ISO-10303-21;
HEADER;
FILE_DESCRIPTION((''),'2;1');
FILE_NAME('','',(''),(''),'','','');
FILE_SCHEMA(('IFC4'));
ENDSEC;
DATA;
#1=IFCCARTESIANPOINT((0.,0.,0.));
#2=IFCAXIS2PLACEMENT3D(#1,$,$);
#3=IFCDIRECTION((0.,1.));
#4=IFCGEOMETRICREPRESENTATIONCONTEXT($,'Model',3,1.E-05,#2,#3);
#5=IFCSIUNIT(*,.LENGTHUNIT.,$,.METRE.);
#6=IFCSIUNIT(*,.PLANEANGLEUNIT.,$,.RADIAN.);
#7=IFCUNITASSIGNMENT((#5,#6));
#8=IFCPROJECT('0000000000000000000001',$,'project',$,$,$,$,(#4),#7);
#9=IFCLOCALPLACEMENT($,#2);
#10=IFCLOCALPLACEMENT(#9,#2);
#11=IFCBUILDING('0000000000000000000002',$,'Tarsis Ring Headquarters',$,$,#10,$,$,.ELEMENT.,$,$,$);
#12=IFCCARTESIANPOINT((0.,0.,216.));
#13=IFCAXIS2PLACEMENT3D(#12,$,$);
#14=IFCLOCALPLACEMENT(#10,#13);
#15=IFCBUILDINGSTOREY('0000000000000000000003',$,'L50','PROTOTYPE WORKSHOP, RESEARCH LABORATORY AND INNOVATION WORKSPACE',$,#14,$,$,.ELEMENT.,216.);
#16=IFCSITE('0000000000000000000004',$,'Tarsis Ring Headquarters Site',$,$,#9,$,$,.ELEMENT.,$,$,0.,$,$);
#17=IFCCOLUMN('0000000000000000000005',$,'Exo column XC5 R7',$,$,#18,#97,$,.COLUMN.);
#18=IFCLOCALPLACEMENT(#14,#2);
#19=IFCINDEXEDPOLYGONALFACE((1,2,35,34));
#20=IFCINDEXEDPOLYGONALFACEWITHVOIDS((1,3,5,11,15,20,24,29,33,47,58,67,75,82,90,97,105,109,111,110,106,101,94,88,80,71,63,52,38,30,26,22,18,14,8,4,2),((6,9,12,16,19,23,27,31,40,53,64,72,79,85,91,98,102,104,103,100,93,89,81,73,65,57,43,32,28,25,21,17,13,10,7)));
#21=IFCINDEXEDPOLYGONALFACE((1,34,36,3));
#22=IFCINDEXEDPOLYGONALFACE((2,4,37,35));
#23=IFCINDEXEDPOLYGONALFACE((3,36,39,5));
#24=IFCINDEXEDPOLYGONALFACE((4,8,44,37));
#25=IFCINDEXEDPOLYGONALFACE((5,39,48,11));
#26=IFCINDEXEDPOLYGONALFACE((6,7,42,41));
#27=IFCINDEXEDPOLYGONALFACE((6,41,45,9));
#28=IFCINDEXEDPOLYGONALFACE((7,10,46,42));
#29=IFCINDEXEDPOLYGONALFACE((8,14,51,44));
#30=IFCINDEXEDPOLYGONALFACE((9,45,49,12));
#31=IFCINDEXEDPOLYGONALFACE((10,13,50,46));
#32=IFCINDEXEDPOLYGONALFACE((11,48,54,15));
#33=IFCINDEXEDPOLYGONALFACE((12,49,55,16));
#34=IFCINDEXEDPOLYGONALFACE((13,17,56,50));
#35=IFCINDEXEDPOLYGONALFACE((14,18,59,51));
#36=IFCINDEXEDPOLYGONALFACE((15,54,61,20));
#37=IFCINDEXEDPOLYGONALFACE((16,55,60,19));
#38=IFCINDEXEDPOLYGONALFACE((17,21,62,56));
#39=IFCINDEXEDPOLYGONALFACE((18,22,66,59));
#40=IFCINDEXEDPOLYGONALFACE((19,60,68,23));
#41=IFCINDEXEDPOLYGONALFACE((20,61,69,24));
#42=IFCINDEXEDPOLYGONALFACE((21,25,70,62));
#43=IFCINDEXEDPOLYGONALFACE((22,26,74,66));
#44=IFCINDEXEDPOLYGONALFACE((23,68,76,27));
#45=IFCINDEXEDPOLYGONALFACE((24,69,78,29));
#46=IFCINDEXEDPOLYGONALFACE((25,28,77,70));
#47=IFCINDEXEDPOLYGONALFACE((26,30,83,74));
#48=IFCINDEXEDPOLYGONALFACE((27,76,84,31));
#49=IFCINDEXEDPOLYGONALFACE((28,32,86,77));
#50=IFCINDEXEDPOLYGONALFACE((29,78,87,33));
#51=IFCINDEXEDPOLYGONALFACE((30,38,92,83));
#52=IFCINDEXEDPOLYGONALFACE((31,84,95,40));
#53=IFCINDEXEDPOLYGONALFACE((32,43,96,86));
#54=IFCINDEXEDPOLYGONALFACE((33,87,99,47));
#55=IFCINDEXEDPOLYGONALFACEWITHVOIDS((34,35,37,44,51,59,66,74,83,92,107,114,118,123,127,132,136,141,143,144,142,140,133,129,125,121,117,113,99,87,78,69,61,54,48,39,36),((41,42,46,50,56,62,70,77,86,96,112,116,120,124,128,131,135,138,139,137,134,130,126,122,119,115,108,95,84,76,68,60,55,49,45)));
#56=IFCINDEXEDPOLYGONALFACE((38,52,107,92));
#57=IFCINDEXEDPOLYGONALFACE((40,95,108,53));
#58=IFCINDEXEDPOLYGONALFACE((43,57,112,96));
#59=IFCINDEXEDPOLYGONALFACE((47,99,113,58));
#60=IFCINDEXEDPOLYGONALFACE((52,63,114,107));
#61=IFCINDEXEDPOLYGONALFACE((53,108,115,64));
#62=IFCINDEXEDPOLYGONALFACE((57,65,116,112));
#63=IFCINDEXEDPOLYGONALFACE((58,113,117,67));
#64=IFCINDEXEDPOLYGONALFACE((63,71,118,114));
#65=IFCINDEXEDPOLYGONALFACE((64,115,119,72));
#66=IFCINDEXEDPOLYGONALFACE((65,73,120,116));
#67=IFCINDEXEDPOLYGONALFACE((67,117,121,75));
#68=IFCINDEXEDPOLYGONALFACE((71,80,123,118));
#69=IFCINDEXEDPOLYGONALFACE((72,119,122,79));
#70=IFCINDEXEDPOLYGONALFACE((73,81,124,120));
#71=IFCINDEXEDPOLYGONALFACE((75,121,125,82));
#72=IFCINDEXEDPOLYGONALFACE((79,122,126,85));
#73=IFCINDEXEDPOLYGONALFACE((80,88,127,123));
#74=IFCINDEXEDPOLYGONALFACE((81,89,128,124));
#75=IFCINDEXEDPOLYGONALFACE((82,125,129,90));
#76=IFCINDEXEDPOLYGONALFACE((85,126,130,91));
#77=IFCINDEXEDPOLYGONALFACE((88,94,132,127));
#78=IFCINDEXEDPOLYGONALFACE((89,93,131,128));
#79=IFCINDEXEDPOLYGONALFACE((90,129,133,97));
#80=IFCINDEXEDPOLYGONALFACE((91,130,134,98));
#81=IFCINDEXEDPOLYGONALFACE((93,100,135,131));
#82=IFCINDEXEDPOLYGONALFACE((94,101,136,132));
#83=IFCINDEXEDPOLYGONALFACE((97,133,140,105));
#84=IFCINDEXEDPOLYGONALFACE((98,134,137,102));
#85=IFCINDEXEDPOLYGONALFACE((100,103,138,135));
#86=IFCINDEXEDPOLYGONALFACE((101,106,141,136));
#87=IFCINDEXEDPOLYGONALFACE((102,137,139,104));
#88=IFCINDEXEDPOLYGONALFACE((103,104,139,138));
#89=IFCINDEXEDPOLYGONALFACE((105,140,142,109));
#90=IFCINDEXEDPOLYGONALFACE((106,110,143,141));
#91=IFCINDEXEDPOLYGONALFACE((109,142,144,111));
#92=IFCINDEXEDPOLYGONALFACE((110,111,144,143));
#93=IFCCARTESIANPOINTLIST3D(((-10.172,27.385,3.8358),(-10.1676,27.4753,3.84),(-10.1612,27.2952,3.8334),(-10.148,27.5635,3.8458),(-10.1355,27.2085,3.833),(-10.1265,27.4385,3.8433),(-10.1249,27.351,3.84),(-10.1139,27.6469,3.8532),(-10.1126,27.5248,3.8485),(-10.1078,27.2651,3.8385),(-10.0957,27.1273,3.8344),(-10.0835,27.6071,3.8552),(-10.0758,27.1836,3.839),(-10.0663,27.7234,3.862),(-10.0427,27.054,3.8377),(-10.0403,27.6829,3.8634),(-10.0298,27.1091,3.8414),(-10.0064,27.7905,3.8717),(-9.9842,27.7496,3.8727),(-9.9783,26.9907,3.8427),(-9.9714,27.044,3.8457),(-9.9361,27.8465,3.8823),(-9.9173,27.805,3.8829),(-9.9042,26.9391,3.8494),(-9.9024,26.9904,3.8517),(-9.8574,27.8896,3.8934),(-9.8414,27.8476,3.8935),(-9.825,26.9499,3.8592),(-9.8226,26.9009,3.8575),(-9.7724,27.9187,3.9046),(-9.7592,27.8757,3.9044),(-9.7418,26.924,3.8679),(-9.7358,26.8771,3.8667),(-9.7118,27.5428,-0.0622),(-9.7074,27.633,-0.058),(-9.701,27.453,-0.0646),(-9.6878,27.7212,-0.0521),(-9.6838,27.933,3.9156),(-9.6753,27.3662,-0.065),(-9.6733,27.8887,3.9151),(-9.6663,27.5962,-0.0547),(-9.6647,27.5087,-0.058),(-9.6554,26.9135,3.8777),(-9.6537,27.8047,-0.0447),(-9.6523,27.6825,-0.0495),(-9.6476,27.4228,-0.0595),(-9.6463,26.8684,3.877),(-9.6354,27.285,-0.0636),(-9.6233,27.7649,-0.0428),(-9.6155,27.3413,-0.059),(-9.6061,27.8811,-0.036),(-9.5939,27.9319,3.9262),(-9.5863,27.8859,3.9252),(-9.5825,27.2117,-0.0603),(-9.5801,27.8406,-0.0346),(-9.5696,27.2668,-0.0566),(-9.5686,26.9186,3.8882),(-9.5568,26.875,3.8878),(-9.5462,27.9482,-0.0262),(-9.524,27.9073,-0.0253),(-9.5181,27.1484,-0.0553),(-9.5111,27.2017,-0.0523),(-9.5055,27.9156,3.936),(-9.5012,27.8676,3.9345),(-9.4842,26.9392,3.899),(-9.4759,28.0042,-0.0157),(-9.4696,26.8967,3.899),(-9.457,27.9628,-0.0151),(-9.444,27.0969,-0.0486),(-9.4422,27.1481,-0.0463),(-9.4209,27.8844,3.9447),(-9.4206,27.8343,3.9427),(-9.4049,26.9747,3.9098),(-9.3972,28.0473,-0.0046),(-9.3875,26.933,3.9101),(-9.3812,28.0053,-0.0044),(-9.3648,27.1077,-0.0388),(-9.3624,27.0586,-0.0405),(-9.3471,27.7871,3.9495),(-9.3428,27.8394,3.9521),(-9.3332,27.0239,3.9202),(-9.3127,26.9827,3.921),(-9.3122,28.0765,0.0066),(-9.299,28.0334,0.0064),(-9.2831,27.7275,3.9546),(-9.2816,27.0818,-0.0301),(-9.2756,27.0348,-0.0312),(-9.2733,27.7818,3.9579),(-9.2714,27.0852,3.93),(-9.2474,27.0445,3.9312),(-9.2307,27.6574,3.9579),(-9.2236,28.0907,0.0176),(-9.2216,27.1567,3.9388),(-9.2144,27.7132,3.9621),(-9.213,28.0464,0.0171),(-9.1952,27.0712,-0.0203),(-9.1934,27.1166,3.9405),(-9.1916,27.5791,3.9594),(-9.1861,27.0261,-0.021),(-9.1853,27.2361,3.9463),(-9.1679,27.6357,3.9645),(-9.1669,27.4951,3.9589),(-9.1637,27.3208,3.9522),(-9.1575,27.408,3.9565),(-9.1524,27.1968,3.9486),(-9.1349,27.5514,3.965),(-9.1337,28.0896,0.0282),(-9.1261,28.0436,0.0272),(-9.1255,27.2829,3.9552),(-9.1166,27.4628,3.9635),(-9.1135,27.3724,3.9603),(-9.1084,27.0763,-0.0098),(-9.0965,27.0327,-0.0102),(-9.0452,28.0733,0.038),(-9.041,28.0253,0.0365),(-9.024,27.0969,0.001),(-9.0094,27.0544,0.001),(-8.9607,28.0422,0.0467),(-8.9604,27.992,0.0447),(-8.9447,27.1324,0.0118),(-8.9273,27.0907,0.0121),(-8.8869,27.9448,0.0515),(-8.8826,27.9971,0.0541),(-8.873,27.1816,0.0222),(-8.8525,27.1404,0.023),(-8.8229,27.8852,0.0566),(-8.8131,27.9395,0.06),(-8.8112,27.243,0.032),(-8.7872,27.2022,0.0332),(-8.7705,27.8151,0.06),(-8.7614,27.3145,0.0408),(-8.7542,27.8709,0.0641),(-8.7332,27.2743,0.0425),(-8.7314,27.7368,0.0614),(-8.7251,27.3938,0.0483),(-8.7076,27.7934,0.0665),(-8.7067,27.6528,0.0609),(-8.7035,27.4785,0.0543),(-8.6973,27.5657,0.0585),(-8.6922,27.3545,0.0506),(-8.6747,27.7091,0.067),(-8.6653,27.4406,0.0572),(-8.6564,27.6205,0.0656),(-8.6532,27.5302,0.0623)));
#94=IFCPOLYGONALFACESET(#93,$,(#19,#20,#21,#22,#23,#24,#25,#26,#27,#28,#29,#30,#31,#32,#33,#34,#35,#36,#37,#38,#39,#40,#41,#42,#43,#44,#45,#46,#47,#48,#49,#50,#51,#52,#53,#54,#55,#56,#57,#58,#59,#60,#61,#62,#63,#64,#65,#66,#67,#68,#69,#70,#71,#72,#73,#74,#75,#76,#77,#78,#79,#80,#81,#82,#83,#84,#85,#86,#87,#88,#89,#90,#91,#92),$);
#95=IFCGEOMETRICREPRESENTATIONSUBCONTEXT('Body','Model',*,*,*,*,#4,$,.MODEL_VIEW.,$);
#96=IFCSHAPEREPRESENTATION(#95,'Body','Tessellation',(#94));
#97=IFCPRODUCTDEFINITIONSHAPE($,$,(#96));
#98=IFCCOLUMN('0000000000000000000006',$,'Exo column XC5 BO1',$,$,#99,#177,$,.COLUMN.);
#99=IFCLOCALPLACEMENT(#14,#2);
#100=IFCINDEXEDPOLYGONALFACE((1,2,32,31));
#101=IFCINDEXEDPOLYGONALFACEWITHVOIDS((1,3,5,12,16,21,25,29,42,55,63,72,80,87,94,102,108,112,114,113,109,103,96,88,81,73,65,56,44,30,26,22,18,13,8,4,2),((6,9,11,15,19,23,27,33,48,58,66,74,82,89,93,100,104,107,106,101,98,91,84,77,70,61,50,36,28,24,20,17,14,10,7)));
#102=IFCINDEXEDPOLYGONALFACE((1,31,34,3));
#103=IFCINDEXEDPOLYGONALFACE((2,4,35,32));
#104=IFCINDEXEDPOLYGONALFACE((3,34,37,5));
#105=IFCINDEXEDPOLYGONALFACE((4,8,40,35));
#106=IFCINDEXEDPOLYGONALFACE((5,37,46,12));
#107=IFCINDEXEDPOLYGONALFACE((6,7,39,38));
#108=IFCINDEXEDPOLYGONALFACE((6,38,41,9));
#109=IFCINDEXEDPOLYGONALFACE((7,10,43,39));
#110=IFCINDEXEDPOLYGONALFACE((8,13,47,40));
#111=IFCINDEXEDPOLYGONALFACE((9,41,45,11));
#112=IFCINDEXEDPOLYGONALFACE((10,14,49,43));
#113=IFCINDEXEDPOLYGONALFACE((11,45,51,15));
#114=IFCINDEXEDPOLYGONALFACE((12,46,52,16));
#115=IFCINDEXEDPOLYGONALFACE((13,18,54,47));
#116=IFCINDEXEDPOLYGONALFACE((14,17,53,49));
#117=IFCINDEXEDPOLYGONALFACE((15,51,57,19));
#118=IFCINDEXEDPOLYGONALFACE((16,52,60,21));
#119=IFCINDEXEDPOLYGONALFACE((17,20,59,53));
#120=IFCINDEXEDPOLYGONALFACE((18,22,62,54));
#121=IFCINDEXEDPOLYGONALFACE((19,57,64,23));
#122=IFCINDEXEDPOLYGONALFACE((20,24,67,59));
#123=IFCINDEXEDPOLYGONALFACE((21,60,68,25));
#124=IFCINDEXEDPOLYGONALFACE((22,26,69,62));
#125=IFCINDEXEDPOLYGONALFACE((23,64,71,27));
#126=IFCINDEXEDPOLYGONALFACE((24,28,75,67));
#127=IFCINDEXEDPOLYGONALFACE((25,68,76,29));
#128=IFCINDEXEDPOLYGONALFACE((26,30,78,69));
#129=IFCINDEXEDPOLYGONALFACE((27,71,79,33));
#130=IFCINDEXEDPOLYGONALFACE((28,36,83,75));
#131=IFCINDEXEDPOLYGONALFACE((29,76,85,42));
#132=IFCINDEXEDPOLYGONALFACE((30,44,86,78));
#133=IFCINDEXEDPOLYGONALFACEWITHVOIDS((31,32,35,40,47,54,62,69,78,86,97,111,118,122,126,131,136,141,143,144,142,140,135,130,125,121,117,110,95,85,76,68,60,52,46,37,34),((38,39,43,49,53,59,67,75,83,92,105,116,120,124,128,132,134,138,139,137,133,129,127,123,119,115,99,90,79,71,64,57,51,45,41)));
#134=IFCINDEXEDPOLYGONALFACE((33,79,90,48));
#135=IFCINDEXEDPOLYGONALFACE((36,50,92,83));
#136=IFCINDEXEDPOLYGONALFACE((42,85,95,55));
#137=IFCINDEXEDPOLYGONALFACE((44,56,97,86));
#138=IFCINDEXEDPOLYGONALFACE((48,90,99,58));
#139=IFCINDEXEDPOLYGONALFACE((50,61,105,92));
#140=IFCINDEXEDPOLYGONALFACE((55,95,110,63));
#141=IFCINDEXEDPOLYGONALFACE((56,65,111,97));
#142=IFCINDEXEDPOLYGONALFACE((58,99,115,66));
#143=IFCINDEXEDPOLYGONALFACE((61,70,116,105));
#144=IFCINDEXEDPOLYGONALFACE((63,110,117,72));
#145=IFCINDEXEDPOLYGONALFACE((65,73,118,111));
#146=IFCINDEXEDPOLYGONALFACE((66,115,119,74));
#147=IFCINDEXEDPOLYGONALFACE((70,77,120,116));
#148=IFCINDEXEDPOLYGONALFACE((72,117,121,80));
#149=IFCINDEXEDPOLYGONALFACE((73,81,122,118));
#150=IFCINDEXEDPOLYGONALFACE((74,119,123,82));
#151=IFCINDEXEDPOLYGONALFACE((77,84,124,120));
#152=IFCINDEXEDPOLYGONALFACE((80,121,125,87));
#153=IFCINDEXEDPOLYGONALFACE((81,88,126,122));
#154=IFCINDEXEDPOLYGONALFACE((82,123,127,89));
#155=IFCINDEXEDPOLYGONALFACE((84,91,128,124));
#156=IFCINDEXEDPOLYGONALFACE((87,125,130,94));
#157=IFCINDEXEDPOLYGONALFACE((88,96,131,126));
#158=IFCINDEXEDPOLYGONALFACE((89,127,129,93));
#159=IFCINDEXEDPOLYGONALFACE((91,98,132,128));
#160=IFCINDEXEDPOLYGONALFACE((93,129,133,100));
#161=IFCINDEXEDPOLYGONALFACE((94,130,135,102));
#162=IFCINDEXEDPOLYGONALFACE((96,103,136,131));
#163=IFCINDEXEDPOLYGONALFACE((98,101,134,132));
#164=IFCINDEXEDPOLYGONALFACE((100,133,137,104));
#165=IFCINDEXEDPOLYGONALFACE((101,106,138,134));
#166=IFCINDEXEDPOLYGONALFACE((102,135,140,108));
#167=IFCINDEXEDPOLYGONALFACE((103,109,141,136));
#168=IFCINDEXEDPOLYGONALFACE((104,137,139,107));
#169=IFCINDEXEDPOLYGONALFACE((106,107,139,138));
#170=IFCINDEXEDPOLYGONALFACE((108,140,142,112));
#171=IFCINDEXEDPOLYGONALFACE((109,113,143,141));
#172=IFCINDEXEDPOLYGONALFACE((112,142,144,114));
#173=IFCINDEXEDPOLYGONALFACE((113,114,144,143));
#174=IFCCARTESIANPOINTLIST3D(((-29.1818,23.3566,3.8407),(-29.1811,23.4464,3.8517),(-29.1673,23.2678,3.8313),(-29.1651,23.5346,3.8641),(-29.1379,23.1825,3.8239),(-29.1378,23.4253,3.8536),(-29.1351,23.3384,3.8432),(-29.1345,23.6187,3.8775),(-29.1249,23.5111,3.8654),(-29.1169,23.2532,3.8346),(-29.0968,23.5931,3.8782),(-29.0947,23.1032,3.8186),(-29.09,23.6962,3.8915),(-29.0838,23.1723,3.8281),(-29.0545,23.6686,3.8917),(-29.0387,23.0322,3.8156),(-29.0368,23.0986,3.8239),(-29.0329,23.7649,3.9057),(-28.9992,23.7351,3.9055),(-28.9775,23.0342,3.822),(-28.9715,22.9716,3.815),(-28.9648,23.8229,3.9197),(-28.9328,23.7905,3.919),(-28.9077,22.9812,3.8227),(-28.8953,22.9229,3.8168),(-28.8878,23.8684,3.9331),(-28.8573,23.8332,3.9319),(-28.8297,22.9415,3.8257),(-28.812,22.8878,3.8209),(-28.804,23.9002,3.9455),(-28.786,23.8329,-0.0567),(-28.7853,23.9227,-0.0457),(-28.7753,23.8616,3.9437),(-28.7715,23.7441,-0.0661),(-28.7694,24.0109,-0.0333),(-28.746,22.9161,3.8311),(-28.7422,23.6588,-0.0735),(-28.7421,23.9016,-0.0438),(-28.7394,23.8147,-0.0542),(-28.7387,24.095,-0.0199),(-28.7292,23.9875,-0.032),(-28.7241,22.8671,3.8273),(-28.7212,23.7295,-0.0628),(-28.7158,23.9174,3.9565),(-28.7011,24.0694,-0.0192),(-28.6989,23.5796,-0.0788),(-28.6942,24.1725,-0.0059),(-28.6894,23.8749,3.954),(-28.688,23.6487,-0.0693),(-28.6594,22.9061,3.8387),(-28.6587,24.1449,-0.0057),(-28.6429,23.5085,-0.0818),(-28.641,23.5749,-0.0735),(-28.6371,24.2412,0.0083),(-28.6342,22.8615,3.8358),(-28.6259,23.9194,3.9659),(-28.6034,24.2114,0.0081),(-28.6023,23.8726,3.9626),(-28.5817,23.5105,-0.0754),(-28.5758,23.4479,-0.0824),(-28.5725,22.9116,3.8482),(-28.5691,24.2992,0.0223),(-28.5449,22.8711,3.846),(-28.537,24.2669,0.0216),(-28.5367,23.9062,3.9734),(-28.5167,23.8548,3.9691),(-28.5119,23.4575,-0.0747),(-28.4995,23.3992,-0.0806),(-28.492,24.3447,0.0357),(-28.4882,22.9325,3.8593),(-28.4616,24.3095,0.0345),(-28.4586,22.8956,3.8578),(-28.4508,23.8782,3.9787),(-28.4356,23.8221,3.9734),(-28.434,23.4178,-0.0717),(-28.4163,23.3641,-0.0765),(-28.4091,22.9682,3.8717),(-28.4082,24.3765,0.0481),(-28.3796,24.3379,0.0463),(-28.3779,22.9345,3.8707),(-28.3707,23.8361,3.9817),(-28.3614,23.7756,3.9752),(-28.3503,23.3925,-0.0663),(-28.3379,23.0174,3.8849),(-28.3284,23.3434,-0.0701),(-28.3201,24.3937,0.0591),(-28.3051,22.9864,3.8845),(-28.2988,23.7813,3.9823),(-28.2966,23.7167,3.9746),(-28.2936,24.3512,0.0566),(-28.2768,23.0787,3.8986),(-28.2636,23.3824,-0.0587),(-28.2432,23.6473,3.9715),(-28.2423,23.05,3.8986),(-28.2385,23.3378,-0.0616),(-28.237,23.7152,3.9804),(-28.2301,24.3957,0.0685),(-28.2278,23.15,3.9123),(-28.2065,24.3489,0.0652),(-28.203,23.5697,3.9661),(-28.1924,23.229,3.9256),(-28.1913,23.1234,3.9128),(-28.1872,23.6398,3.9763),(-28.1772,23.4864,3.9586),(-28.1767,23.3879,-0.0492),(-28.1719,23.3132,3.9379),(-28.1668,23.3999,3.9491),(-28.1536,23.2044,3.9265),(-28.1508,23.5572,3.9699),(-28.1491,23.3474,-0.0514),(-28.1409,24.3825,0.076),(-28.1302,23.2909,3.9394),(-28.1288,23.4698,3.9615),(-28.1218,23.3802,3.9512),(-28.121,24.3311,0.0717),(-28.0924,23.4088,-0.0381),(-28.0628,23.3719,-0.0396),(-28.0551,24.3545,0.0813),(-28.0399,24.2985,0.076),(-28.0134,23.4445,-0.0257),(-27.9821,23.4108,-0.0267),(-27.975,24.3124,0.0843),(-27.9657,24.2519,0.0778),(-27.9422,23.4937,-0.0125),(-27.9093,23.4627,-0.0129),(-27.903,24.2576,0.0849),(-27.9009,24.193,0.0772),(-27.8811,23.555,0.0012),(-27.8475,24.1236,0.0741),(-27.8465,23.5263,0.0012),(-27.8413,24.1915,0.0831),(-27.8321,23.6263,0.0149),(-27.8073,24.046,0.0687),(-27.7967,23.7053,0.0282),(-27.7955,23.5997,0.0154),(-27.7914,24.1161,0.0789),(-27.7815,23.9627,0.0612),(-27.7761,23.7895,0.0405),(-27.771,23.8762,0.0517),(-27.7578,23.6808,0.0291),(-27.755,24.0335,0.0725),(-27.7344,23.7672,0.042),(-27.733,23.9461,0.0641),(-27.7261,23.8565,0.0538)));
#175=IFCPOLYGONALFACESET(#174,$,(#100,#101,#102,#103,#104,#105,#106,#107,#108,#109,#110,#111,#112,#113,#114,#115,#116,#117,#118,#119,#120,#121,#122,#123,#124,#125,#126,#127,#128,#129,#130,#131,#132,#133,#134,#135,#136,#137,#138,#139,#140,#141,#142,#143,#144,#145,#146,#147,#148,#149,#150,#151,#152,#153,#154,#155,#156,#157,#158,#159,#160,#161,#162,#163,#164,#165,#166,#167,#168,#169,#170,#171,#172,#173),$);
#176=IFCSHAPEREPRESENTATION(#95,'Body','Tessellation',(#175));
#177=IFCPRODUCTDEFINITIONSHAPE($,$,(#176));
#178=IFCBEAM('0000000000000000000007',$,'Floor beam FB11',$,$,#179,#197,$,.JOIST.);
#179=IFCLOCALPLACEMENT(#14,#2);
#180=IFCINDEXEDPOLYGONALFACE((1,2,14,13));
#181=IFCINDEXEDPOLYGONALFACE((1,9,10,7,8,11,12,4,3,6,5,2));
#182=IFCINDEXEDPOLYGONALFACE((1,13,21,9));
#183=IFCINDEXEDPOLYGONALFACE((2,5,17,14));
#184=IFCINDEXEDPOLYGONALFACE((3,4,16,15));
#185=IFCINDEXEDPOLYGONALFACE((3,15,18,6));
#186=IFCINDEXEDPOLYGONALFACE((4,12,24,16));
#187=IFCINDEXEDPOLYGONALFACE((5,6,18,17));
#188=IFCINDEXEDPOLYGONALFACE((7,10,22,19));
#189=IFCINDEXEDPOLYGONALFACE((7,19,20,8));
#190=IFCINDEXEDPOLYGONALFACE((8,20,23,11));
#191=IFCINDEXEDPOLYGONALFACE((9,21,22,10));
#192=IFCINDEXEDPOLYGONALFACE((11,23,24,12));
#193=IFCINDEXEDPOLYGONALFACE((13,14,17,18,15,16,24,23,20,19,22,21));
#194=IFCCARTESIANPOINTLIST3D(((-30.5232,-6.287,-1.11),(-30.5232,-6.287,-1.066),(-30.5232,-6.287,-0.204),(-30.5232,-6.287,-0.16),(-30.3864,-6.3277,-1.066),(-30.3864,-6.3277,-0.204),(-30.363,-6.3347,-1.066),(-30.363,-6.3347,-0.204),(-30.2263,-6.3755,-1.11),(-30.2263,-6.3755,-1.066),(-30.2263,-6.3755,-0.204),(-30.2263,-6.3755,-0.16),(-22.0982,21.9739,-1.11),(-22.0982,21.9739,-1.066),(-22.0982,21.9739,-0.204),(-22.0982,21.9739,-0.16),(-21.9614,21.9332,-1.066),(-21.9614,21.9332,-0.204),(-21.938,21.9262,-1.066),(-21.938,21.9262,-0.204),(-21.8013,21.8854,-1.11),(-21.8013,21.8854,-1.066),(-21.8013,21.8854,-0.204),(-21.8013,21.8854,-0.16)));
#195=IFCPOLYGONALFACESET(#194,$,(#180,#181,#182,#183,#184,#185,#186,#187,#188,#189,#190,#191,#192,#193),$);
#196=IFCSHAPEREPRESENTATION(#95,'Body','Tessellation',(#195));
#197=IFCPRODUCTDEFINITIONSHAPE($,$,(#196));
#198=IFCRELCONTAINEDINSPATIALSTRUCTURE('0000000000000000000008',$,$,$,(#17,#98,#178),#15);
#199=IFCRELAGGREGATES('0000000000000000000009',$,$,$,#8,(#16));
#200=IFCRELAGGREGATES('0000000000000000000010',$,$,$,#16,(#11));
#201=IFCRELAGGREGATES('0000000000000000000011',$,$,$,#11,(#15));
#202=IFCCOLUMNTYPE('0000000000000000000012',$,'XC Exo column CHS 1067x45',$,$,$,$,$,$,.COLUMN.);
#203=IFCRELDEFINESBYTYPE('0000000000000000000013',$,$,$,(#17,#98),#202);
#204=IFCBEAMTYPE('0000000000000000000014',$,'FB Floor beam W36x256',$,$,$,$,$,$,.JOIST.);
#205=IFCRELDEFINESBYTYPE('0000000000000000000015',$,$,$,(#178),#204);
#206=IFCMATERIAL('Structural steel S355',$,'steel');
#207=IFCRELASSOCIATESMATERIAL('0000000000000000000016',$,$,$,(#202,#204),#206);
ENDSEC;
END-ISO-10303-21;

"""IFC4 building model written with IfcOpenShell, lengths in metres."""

from ifc_helpers import new_model, si_unit, direction, frame, origin, origin_2d, place, context, subcontext, project, spatial, hollow_circle, i_section, extrude, material, material_profile, profile_set, type_object, element, save


model = new_model("IFC4")

# Units and contexts
model_context = context("Model", 3, precision=1e-05, world=origin(), true_north=direction((0.0, 1.0)))
body_context = subcontext(model_context, "Body", "Model", "MODEL_VIEW")
ifc_project = project(units=[si_unit("LENGTHUNIT", "METRE"), si_unit("PLANEANGLEUNIT", "RADIAN")], contexts=[model_context])

# Site, building, storey
site_placement = place(None, origin())
site = spatial("IfcSite", under=ifc_project, at=site_placement, Name="Tarsis Ring Headquarters Site", CompositionType="ELEMENT", RefElevation=0.0)
building_placement = place(site_placement, origin())
building = spatial("IfcBuilding", under=site, at=building_placement, Name="Tarsis Ring Headquarters", CompositionType="ELEMENT")
storey_placement = place(building_placement, frame((0.0, 0.0, 216.0)))
storey = spatial("IfcBuildingStorey", under=building, at=storey_placement, Name="L50", Description="PROTOTYPE WORKSHOP, RESEARCH LABORATORY AND INNOVATION WORKSPACE", CompositionType="ELEMENT", Elevation=216.0)

# Columns
ifc_material_1 = material(Name="Structural steel S355", Category="steel")
ifc_material_profile_1 = material_profile(ifc_material_1, hollow_circle(Radius=0.5334, WallThickness=0.0449, at=origin_2d()), Name="CHS 1067x45")
ifc_profile_set_1 = profile_set([ifc_material_profile_1], Name="Structural steel S355")
column_type = type_object("IfcColumnType", Name="XC Exo column CHS 1067x45", PredefinedType="COLUMN", material=ifc_profile_set_1)
column_1_placement = place(storey_placement, frame((-9.1824, 27.5591, 0.001), z_axis=(-0.117155, -0.04015, 0.992302), x_axis=(0.324196, -0.94599, 0.0)))
element("IfcColumn", 1, at=column_1_placement, inside=storey, type_object=column_type, Name="Exo column XC5 R7", PredefinedType="COLUMN", context=body_context, shape_type="SweptSolid", body=[
    extrude(hollow_circle(Radius=0.5334, WallThickness=0.0449, at=origin_2d()), origin(), (0.0, 0.0, 1.0), 3.9282),
])
column_2_placement = place(storey_placement, frame((-28.2568, 23.8672, 0.0012), z_axis=(-0.100283, -0.120698, 0.987611), x_axis=(0.769158, -0.639059, 0.0)))
element("IfcColumn", 2, at=column_2_placement, inside=storey, type_object=column_type, Name="Exo column XC5 BO1", PredefinedType="COLUMN", context=body_context, shape_type="SweptSolid", body=[
    extrude(hollow_circle(Radius=0.5334, WallThickness=0.0449, at=origin_2d()), origin(), (0.0, 0.0, 1.0), 3.9463),
])

# Beam
ifc_material_profile_2 = material_profile(ifc_material_1, i_section(OverallWidth=0.3098, OverallDepth=0.95, WebThickness=0.0244, FlangeThickness=0.0439, at=origin_2d()), Name="W36x256")
ifc_profile_set_2 = profile_set([ifc_material_profile_2], Name="Structural steel S355")
beam_type_1 = type_object("IfcBeamType", Name="FB Floor beam W36x256", PredefinedType="JOIST", material=ifc_profile_set_2)
for number, where, z_axis, x_axis, name in (
    (3, (-21.9497, 21.9297, -0.635), (-0.285691, -0.958322, 0.0), (0.958322, -0.285691, 0.0), "Floor beam FB11"),
):
    element("IfcBeam", number, at=place(storey_placement, frame(where, z_axis=z_axis, x_axis=x_axis)), inside=storey, type_object=beam_type_1, Name=name, PredefinedType="JOIST", context=body_context, shape_type="SweptSolid", body=[
        extrude(i_section(OverallWidth=0.3098, OverallDepth=0.95, WebThickness=0.0244, FlangeThickness=0.0439, at=origin_2d()), origin(), (0.0, 0.0, 1.0), 29.49),
    ])

save(model, "model.ifc")
